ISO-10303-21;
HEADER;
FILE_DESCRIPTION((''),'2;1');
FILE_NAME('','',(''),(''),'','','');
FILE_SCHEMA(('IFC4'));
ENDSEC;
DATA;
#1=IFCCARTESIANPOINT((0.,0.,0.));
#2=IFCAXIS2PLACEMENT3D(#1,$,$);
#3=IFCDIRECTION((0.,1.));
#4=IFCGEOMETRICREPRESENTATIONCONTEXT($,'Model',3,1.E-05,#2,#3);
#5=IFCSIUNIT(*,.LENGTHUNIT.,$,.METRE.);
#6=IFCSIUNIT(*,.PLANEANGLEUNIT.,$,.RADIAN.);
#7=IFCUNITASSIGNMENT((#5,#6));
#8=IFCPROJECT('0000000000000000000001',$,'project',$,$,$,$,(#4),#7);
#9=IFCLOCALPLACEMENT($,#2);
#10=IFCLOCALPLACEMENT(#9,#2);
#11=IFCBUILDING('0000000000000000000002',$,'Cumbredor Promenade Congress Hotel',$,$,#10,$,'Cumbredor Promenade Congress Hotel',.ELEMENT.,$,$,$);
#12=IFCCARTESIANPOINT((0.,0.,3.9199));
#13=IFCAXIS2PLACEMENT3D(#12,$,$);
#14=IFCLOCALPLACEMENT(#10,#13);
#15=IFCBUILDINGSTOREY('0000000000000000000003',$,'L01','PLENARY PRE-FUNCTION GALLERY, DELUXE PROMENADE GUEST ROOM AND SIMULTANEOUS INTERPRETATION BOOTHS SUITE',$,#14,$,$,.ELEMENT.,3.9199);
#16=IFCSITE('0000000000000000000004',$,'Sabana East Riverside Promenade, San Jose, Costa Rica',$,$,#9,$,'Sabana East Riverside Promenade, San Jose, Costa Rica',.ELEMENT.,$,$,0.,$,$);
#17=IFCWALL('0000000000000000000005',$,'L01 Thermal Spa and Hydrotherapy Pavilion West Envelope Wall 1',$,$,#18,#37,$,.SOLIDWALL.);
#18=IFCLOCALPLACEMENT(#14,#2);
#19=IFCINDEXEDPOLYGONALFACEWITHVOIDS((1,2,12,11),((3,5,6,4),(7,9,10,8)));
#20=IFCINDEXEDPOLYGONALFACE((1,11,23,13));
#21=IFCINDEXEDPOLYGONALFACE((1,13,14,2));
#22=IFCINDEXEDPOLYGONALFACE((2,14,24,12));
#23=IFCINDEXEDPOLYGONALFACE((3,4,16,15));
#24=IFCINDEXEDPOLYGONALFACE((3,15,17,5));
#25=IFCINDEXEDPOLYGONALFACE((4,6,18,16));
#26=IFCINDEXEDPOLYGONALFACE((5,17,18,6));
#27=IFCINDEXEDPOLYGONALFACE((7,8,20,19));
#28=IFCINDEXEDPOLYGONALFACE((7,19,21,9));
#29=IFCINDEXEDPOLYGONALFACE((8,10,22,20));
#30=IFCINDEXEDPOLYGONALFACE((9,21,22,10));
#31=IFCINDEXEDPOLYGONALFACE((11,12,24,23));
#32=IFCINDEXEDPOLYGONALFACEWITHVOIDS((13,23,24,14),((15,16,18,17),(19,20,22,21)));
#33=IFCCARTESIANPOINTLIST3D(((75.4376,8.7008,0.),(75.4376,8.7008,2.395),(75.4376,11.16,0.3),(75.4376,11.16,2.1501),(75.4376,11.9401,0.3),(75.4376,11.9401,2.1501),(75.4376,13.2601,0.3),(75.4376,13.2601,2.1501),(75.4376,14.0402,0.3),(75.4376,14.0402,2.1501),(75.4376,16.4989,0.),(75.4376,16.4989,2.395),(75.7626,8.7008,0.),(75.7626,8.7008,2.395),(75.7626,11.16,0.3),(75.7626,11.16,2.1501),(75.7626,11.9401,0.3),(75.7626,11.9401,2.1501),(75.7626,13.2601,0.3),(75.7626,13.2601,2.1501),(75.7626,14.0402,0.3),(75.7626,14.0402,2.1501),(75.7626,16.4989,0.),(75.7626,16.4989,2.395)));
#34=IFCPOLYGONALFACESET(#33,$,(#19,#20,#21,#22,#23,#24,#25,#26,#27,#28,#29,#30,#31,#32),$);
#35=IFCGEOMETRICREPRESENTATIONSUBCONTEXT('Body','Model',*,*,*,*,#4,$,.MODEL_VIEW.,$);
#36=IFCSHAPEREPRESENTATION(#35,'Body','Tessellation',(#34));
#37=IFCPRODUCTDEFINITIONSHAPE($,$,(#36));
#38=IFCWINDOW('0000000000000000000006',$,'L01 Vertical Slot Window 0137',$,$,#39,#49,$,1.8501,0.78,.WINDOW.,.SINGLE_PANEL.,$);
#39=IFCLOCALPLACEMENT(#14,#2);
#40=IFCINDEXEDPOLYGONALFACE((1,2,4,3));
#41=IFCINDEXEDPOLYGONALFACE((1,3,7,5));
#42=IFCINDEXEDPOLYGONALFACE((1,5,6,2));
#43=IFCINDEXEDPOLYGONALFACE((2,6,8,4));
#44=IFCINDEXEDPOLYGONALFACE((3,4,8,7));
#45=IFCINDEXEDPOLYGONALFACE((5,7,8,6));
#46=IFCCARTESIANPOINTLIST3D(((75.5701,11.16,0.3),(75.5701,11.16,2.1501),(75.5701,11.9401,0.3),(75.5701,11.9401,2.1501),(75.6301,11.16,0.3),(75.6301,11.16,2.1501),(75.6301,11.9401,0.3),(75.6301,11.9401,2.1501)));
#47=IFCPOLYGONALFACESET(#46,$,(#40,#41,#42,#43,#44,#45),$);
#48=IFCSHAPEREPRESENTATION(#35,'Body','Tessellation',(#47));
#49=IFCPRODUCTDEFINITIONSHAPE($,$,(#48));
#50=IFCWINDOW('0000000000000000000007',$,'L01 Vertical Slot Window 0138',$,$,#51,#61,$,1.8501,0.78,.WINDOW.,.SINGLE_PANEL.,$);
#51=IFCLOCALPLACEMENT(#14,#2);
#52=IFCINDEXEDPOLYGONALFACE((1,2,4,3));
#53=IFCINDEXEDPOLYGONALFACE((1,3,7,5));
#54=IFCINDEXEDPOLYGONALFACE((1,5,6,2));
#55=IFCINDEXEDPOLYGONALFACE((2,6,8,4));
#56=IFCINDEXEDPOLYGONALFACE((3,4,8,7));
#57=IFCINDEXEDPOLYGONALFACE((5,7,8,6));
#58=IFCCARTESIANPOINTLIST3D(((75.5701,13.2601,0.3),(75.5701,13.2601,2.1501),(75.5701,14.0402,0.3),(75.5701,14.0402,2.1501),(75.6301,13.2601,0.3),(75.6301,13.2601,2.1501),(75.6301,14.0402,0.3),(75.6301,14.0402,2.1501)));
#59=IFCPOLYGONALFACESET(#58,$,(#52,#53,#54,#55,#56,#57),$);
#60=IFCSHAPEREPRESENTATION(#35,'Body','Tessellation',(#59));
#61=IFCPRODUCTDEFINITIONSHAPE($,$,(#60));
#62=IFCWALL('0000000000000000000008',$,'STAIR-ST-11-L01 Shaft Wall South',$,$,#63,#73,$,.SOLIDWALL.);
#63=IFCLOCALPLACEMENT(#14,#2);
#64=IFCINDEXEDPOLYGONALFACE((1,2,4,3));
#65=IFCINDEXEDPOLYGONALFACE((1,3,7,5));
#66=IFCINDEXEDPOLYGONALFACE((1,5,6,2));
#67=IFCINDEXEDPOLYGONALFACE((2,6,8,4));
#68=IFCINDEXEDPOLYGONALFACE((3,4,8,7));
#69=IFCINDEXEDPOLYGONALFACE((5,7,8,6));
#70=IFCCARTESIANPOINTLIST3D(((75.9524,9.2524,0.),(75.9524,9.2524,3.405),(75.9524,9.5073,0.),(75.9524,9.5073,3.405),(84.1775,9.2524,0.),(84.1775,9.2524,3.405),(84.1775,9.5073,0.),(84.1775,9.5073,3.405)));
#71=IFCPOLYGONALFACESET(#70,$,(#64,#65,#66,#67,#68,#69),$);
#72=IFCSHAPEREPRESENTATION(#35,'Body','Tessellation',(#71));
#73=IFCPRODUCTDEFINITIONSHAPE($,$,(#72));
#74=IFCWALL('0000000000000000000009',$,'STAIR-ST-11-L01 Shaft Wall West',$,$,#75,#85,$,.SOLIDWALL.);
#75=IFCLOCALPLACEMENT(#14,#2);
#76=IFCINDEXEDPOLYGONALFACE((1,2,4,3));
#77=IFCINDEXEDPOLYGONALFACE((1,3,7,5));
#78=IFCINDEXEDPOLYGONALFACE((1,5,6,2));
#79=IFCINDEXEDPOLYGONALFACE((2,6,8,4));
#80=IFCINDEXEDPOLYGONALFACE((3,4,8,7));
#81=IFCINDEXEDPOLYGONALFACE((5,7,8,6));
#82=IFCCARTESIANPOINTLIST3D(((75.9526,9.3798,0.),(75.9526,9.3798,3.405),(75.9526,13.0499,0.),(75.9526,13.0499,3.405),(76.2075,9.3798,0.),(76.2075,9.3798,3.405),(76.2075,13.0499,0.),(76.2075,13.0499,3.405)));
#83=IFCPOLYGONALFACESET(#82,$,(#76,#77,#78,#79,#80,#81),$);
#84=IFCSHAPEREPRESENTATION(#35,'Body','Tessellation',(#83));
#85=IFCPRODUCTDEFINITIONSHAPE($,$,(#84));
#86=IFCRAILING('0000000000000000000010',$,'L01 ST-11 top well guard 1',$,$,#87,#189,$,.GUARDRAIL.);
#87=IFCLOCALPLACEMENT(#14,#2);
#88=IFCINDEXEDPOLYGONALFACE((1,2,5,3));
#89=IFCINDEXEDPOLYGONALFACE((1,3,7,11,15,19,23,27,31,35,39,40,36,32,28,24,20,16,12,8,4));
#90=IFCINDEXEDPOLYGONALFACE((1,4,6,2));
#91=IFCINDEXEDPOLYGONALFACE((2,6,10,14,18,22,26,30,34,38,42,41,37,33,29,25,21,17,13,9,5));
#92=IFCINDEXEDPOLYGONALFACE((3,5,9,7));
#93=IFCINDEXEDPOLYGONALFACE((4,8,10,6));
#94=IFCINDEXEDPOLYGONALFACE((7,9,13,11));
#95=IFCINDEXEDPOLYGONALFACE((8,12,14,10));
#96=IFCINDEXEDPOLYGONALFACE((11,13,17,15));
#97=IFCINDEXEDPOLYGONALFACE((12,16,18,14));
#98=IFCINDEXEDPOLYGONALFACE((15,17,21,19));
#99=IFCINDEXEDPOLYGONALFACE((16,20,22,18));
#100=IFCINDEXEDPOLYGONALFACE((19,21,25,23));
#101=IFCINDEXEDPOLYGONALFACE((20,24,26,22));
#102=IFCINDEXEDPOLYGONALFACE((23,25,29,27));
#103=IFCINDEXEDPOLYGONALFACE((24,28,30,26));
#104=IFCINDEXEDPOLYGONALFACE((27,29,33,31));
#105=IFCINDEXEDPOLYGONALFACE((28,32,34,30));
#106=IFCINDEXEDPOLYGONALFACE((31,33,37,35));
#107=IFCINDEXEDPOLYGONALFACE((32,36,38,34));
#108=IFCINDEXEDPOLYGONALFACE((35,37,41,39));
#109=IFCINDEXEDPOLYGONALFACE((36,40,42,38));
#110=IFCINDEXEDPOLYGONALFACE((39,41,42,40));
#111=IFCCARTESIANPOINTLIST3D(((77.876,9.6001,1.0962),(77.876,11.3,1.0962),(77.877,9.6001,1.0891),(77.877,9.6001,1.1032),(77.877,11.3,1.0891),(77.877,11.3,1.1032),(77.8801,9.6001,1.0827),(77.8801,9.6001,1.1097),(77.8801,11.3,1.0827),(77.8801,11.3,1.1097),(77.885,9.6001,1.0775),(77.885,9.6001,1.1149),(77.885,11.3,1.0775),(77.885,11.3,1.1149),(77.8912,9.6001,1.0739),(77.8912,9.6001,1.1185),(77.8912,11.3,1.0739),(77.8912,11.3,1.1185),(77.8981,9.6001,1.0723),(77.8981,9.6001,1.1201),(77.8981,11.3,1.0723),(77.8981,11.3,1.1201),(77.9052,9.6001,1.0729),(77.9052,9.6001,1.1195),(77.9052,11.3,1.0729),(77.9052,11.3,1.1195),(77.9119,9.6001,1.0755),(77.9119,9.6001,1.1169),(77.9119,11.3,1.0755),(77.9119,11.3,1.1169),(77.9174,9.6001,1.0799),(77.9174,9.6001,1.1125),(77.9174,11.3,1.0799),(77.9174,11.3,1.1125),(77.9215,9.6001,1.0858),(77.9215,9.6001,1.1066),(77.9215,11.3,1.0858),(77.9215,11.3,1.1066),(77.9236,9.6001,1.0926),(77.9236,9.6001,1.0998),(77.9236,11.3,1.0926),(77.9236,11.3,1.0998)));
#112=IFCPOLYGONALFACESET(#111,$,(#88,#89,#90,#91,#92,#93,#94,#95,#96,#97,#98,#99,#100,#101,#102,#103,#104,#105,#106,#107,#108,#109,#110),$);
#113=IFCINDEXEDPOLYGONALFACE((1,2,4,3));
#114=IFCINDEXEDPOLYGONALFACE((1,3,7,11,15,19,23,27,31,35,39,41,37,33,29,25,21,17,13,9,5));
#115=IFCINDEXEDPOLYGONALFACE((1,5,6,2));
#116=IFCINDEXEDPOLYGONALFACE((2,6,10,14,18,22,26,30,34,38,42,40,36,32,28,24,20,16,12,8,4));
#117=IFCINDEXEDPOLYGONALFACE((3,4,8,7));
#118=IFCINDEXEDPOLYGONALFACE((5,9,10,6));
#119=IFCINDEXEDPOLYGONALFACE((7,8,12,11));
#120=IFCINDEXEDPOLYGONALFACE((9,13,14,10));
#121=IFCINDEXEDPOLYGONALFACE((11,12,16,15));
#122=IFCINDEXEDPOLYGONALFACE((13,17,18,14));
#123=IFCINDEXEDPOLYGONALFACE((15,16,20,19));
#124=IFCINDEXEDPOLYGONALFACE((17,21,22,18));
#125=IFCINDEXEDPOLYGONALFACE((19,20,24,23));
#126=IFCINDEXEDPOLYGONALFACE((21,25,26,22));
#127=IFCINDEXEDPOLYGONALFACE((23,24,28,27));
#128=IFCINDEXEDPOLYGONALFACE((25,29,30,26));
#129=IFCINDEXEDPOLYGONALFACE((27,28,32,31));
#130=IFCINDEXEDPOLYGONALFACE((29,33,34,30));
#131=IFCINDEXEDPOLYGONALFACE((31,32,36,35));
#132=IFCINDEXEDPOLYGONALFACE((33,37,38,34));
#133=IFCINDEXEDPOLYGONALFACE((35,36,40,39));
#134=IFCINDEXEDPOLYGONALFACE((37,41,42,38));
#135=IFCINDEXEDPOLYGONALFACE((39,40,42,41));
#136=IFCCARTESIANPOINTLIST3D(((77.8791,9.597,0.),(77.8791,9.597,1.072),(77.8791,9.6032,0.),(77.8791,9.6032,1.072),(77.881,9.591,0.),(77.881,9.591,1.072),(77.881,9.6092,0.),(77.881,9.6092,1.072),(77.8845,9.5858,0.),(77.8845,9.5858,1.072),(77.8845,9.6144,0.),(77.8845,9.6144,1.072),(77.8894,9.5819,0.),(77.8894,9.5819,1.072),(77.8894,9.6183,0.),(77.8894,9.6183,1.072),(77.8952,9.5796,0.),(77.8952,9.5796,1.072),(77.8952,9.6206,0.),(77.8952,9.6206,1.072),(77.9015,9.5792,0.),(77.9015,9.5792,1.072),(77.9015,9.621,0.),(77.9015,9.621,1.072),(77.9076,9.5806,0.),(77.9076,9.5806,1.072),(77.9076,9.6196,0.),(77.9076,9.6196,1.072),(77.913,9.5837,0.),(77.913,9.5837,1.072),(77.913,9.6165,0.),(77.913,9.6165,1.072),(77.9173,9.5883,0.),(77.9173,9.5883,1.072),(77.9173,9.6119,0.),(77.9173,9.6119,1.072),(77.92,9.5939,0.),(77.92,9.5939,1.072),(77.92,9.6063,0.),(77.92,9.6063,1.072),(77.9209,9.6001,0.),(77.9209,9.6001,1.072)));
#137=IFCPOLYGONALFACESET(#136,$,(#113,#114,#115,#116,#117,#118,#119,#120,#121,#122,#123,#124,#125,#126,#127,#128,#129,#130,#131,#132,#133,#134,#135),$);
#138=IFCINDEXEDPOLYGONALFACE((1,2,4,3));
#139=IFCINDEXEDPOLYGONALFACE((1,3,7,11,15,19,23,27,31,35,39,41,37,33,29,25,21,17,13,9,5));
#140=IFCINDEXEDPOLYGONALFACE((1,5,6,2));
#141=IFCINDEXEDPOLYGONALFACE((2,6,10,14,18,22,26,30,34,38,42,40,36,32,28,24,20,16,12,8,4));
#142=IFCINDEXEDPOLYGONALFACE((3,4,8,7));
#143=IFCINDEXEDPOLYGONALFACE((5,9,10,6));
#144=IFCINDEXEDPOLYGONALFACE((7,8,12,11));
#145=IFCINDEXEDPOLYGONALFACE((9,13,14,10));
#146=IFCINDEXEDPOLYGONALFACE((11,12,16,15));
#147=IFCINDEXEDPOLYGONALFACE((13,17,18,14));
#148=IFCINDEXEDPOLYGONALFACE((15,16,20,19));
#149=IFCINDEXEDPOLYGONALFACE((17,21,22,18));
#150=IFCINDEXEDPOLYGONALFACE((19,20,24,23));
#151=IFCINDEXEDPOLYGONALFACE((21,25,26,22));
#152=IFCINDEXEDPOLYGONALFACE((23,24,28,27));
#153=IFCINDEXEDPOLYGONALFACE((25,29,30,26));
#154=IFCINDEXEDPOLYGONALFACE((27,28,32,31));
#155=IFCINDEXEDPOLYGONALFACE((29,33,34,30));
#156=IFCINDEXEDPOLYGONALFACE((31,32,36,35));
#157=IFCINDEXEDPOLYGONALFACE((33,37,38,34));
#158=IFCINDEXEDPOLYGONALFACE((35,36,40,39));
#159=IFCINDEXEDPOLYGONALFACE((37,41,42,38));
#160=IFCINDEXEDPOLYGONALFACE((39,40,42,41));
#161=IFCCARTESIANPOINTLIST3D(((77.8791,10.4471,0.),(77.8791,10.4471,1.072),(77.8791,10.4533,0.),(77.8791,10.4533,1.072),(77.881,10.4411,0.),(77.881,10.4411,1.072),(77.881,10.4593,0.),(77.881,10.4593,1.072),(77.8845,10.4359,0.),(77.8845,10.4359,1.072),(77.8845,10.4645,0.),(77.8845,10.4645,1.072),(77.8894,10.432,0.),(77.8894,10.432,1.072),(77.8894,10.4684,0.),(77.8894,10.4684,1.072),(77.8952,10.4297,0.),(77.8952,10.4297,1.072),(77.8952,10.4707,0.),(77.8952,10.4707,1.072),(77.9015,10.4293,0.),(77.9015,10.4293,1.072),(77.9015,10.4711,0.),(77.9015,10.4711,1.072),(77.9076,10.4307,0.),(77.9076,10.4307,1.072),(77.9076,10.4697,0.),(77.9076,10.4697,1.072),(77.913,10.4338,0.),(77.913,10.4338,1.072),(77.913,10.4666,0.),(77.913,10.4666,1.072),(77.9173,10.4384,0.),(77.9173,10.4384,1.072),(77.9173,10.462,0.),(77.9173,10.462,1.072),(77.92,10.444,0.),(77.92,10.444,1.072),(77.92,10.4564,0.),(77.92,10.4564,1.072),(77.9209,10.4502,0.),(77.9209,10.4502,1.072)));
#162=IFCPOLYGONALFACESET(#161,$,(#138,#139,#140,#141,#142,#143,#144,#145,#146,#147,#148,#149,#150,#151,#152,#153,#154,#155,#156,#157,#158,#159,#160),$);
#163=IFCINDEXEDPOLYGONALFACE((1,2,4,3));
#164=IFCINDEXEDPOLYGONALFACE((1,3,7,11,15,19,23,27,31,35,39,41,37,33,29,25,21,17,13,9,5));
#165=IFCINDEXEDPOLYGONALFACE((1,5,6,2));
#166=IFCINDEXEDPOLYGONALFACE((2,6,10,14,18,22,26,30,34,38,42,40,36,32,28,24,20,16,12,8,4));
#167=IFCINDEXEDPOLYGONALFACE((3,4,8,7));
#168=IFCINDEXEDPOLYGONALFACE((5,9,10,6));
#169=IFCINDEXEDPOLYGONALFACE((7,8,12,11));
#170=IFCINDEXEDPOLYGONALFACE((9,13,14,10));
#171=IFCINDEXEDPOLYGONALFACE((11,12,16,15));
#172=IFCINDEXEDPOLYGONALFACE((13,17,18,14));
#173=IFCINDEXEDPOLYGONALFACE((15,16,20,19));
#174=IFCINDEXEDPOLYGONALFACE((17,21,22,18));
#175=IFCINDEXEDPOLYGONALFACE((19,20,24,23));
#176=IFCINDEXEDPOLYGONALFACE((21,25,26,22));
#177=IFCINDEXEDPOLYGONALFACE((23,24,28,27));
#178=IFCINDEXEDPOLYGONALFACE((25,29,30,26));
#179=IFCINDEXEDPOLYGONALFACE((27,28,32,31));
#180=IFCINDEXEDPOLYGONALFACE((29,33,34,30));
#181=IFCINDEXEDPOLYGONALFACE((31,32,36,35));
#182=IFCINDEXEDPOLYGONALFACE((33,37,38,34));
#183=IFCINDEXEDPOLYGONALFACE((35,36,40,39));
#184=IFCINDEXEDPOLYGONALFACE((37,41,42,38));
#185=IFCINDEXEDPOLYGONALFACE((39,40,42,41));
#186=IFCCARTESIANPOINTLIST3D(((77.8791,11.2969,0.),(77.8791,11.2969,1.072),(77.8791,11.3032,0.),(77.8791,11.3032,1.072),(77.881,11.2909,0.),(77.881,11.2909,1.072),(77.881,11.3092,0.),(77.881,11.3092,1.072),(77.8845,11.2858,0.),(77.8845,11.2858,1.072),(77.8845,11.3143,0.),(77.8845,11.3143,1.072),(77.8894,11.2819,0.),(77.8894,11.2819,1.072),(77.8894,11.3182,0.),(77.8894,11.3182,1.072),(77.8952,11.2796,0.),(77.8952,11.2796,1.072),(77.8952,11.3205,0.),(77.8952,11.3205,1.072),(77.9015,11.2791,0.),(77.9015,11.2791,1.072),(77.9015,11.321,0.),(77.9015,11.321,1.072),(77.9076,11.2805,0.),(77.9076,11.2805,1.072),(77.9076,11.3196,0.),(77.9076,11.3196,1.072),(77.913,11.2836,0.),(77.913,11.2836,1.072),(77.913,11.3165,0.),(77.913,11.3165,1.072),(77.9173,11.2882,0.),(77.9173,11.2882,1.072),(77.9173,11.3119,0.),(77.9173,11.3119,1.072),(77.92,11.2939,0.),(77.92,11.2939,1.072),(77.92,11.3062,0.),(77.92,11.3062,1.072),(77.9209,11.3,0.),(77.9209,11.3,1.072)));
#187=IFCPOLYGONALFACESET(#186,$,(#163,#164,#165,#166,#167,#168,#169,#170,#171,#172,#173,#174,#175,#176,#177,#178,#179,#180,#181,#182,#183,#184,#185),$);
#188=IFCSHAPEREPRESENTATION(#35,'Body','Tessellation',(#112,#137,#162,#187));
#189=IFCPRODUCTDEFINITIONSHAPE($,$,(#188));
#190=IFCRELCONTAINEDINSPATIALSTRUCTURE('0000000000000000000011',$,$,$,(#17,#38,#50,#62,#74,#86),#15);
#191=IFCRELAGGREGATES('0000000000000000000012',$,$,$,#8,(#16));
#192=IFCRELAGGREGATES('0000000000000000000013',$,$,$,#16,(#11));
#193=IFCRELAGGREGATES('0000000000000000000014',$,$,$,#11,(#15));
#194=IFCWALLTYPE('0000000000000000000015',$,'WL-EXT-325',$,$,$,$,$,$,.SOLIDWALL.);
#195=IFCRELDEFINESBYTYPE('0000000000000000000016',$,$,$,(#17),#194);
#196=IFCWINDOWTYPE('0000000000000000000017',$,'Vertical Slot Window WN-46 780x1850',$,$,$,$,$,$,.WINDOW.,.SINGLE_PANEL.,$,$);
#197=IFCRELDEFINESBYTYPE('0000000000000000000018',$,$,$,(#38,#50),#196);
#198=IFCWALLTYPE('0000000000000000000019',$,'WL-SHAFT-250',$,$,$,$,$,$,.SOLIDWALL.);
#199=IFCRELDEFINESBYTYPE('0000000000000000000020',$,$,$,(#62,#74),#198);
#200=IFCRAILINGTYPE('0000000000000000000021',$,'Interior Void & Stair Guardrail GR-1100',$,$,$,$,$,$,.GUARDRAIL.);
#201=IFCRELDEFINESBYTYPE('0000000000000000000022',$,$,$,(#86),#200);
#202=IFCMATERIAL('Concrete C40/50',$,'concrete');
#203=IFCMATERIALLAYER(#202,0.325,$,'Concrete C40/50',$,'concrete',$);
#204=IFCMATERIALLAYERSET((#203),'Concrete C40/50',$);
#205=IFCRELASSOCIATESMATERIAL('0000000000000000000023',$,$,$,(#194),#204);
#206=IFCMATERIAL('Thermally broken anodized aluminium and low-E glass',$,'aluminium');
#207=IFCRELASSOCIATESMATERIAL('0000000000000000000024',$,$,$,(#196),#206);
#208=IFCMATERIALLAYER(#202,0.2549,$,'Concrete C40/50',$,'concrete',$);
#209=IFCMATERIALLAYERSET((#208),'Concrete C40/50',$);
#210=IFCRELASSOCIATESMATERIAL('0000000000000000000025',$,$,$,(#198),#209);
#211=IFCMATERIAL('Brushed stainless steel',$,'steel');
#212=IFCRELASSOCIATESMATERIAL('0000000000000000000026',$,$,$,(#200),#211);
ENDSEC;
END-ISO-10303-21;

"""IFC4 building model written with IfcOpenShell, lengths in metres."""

from ifc_helpers import new_model, si_unit, direction, frame, frame_2d, origin, origin_2d, place, context, subcontext, project, spatial, rectangle, circle, extrude, material, layer, layer_set, type_object, element, fill, save


model = new_model("IFC4")

# Units and contexts
model_context = context("Model", 3, precision=1e-05, world=origin(), true_north=direction((0.0, 1.0)))
body_context = subcontext(model_context, "Body", "Model", "MODEL_VIEW")
ifc_project = project(units=[si_unit("LENGTHUNIT", "METRE"), si_unit("PLANEANGLEUNIT", "RADIAN")], contexts=[model_context])

# Site, building, storey
site_placement = place(None, origin())
site = spatial("IfcSite", under=ifc_project, at=site_placement, Name="Sabana East Riverside Promenade, San Jose, Costa Rica", LongName="Sabana East Riverside Promenade, San Jose, Costa Rica", CompositionType="ELEMENT", RefElevation=0.0)
building_placement = place(site_placement, origin())
building = spatial("IfcBuilding", under=site, at=building_placement, Name="Cumbredor Promenade Congress Hotel", LongName="Cumbredor Promenade Congress Hotel", CompositionType="ELEMENT")
storey_placement = place(building_placement, frame((0.0, 0.0, 3.9199)))
storey = spatial("IfcBuildingStorey", under=building, at=storey_placement, Name="L01", Description="PLENARY PRE-FUNCTION GALLERY, DELUXE PROMENADE GUEST ROOM AND SIMULTANEOUS INTERPRETATION BOOTHS SUITE", CompositionType="ELEMENT", Elevation=3.9199)

# Shared definitions
ifc_material_1 = material(Name="Concrete C40/50", Category="concrete")

# Shared definitions
ifc_material_2 = material(Name="Thermally broken anodized aluminium and low-E glass", Category="aluminium")

# Wall, openings, windows
ifc_layer_1 = layer(ifc_material_1, 0.325, Name="Concrete C40/50", Category="concrete")
ifc_layer_set_1 = layer_set([ifc_layer_1], Name="Concrete C40/50")
wall_type_1 = type_object("IfcWallType", Name="WL-EXT-325", PredefinedType="SOLIDWALL", material=ifc_layer_set_1)
wall_1_placement = place(storey_placement, frame((75.6001, 8.7009, 0.0), z_axis=(0.0, 0.0, 1.0), x_axis=(0.0, 1.0, 0.0)))
wall_1 = element("IfcWall", 1, at=wall_1_placement, inside=storey, type_object=wall_type_1, Name="L01 Thermal Spa and Hydrotherapy Pavilion West Envelope Wall 1", PredefinedType="SOLIDWALL", context=body_context, shape_type="SweptSolid", body=[
    extrude(rectangle(XDim=7.7981, YDim=0.325, at=frame_2d((3.8989, 0.0))), origin(), (0.0, 0.0, 1.0), 2.395),
])
opening_1_placement = place(wall_1_placement, frame((2.459, 0.0, 0.3)))
opening_1 = element("IfcOpeningElement", 2, at=opening_1_placement, cuts=wall_1, PredefinedType="OPENING", context=body_context, shape_type="SweptSolid", body=[
    extrude(rectangle(XDim=0.78, YDim=1.8501, at=frame_2d((0.3901, 0.925))), frame((0.0, 0.1724, 0.0), z_axis=(0.0, -1.0, 0.0), x_axis=(1.0, 0.0, 0.0)), (0.0, 0.0, 1.0), 0.345),
])
opening_2_placement = place(wall_1_placement, frame((4.5591, 0.0, 0.3)))
opening_2 = element("IfcOpeningElement", 3, at=opening_2_placement, cuts=wall_1, PredefinedType="OPENING", context=body_context, shape_type="SweptSolid", body=[
    extrude(rectangle(XDim=0.78, YDim=1.8501, at=frame_2d((0.3901, 0.925))), frame((0.0, 0.1724, 0.0), z_axis=(0.0, -1.0, 0.0), x_axis=(1.0, 0.0, 0.0)), (0.0, 0.0, 1.0), 0.345),
])
window_type_1 = type_object("IfcWindowType", Name="Vertical Slot Window WN-46 780x1850", PartitioningType="SINGLE_PANEL", PredefinedType="WINDOW", material=ifc_material_2)
window_1_placement = place(opening_1_placement, origin())
window_1 = element("IfcWindow", 4, at=window_1_placement, inside=storey, type_object=window_type_1, Name="L01 Vertical Slot Window 0137", OverallHeight=1.8501, OverallWidth=0.78, PartitioningType="SINGLE_PANEL", PredefinedType="WINDOW", context=body_context, shape_type="SweptSolid", body=[
    extrude(rectangle(XDim=0.78, YDim=1.8501, at=frame_2d((0.3901, 0.925))), frame((0.0, 0.03, 0.0), z_axis=(0.0, -1.0, 0.0), x_axis=(1.0, 0.0, 0.0)), (0.0, 0.0, 1.0), 0.0601),
])
fill(opening_1, window_1)
window_2_placement = place(opening_2_placement, origin())
window_2 = element("IfcWindow", 5, at=window_2_placement, inside=storey, type_object=window_type_1, Name="L01 Vertical Slot Window 0138", OverallHeight=1.8501, OverallWidth=0.78, PartitioningType="SINGLE_PANEL", PredefinedType="WINDOW", context=body_context, shape_type="SweptSolid", body=[
    extrude(rectangle(XDim=0.78, YDim=1.8501, at=frame_2d((0.3901, 0.925))), frame((0.0, 0.03, 0.0), z_axis=(0.0, -1.0, 0.0), x_axis=(1.0, 0.0, 0.0)), (0.0, 0.0, 1.0), 0.0601),
])
fill(opening_2, window_2)

# Wall
ifc_layer_2 = layer(ifc_material_1, 0.2549, Name="Concrete C40/50", Category="concrete")
ifc_layer_set_2 = layer_set([ifc_layer_2], Name="Concrete C40/50")
wall_type_2 = type_object("IfcWallType", Name="WL-SHAFT-250", PredefinedType="SOLIDWALL", material=ifc_layer_set_2)
wall_2_placement = place(storey_placement, frame((75.9524, 9.3799, 0.0), z_axis=(0.0, 0.0, 1.0), x_axis=(1.0, 0.0, 0.0)))
element("IfcWall", 6, at=wall_2_placement, inside=storey, type_object=wall_type_2, Name="STAIR-ST-11-L01 Shaft Wall South", PredefinedType="SOLIDWALL", context=body_context, shape_type="SweptSolid", body=[
    extrude(rectangle(XDim=8.2251, YDim=0.2549, at=frame_2d((4.1125, 0.0))), origin(), (0.0, 0.0, 1.0), 3.405),
])

# Wall
wall_3_placement = place(storey_placement, frame((76.0801, 9.3799, 0.0), z_axis=(0.0, 0.0, 1.0), x_axis=(0.0, 1.0, 0.0)))
element("IfcWall", 7, at=wall_3_placement, inside=storey, type_object=wall_type_2, Name="STAIR-ST-11-L01 Shaft Wall West", PredefinedType="SOLIDWALL", context=body_context, shape_type="SweptSolid", body=[
    extrude(rectangle(XDim=3.6702, YDim=0.2549, at=frame_2d((1.835, 0.0))), origin(), (0.0, 0.0, 1.0), 3.405),
])

# Railing
ifc_material_3 = material(Name="Brushed stainless steel", Category="steel")
railing_type = type_object("IfcRailingType", Name="Interior Void & Stair Guardrail GR-1100", PredefinedType="GUARDRAIL", material=ifc_material_3)
railing_placement = place(storey_placement, frame((77.8999, 9.6001, 0.0)))
element("IfcRailing", 8, at=railing_placement, inside=storey, type_object=railing_type, Name="L01 ST-11 top well guard 1", PredefinedType="GUARDRAIL", context=body_context, shape_type="SweptSolid", body=[
    extrude(circle(Radius=0.0239, at=origin_2d()), frame((0.0, 0.0, 1.0962), z_axis=(0.0, 1.0, 0.0), x_axis=(-1.0, 0.0, 0.0)), (0.0, 0.0, 1.0), 1.7),
    extrude(circle(Radius=0.021, at=origin_2d()), origin(), (0.0, 0.0, 1.0), 1.072),
    extrude(circle(Radius=0.021, at=origin_2d()), frame((0.0, 0.8501, 0.0)), (0.0, 0.0, 1.0), 1.072),
    extrude(circle(Radius=0.021, at=origin_2d()), frame((0.0, 1.7, 0.0)), (0.0, 0.0, 1.0), 1.072),
])

save(model, "model.ifc")
